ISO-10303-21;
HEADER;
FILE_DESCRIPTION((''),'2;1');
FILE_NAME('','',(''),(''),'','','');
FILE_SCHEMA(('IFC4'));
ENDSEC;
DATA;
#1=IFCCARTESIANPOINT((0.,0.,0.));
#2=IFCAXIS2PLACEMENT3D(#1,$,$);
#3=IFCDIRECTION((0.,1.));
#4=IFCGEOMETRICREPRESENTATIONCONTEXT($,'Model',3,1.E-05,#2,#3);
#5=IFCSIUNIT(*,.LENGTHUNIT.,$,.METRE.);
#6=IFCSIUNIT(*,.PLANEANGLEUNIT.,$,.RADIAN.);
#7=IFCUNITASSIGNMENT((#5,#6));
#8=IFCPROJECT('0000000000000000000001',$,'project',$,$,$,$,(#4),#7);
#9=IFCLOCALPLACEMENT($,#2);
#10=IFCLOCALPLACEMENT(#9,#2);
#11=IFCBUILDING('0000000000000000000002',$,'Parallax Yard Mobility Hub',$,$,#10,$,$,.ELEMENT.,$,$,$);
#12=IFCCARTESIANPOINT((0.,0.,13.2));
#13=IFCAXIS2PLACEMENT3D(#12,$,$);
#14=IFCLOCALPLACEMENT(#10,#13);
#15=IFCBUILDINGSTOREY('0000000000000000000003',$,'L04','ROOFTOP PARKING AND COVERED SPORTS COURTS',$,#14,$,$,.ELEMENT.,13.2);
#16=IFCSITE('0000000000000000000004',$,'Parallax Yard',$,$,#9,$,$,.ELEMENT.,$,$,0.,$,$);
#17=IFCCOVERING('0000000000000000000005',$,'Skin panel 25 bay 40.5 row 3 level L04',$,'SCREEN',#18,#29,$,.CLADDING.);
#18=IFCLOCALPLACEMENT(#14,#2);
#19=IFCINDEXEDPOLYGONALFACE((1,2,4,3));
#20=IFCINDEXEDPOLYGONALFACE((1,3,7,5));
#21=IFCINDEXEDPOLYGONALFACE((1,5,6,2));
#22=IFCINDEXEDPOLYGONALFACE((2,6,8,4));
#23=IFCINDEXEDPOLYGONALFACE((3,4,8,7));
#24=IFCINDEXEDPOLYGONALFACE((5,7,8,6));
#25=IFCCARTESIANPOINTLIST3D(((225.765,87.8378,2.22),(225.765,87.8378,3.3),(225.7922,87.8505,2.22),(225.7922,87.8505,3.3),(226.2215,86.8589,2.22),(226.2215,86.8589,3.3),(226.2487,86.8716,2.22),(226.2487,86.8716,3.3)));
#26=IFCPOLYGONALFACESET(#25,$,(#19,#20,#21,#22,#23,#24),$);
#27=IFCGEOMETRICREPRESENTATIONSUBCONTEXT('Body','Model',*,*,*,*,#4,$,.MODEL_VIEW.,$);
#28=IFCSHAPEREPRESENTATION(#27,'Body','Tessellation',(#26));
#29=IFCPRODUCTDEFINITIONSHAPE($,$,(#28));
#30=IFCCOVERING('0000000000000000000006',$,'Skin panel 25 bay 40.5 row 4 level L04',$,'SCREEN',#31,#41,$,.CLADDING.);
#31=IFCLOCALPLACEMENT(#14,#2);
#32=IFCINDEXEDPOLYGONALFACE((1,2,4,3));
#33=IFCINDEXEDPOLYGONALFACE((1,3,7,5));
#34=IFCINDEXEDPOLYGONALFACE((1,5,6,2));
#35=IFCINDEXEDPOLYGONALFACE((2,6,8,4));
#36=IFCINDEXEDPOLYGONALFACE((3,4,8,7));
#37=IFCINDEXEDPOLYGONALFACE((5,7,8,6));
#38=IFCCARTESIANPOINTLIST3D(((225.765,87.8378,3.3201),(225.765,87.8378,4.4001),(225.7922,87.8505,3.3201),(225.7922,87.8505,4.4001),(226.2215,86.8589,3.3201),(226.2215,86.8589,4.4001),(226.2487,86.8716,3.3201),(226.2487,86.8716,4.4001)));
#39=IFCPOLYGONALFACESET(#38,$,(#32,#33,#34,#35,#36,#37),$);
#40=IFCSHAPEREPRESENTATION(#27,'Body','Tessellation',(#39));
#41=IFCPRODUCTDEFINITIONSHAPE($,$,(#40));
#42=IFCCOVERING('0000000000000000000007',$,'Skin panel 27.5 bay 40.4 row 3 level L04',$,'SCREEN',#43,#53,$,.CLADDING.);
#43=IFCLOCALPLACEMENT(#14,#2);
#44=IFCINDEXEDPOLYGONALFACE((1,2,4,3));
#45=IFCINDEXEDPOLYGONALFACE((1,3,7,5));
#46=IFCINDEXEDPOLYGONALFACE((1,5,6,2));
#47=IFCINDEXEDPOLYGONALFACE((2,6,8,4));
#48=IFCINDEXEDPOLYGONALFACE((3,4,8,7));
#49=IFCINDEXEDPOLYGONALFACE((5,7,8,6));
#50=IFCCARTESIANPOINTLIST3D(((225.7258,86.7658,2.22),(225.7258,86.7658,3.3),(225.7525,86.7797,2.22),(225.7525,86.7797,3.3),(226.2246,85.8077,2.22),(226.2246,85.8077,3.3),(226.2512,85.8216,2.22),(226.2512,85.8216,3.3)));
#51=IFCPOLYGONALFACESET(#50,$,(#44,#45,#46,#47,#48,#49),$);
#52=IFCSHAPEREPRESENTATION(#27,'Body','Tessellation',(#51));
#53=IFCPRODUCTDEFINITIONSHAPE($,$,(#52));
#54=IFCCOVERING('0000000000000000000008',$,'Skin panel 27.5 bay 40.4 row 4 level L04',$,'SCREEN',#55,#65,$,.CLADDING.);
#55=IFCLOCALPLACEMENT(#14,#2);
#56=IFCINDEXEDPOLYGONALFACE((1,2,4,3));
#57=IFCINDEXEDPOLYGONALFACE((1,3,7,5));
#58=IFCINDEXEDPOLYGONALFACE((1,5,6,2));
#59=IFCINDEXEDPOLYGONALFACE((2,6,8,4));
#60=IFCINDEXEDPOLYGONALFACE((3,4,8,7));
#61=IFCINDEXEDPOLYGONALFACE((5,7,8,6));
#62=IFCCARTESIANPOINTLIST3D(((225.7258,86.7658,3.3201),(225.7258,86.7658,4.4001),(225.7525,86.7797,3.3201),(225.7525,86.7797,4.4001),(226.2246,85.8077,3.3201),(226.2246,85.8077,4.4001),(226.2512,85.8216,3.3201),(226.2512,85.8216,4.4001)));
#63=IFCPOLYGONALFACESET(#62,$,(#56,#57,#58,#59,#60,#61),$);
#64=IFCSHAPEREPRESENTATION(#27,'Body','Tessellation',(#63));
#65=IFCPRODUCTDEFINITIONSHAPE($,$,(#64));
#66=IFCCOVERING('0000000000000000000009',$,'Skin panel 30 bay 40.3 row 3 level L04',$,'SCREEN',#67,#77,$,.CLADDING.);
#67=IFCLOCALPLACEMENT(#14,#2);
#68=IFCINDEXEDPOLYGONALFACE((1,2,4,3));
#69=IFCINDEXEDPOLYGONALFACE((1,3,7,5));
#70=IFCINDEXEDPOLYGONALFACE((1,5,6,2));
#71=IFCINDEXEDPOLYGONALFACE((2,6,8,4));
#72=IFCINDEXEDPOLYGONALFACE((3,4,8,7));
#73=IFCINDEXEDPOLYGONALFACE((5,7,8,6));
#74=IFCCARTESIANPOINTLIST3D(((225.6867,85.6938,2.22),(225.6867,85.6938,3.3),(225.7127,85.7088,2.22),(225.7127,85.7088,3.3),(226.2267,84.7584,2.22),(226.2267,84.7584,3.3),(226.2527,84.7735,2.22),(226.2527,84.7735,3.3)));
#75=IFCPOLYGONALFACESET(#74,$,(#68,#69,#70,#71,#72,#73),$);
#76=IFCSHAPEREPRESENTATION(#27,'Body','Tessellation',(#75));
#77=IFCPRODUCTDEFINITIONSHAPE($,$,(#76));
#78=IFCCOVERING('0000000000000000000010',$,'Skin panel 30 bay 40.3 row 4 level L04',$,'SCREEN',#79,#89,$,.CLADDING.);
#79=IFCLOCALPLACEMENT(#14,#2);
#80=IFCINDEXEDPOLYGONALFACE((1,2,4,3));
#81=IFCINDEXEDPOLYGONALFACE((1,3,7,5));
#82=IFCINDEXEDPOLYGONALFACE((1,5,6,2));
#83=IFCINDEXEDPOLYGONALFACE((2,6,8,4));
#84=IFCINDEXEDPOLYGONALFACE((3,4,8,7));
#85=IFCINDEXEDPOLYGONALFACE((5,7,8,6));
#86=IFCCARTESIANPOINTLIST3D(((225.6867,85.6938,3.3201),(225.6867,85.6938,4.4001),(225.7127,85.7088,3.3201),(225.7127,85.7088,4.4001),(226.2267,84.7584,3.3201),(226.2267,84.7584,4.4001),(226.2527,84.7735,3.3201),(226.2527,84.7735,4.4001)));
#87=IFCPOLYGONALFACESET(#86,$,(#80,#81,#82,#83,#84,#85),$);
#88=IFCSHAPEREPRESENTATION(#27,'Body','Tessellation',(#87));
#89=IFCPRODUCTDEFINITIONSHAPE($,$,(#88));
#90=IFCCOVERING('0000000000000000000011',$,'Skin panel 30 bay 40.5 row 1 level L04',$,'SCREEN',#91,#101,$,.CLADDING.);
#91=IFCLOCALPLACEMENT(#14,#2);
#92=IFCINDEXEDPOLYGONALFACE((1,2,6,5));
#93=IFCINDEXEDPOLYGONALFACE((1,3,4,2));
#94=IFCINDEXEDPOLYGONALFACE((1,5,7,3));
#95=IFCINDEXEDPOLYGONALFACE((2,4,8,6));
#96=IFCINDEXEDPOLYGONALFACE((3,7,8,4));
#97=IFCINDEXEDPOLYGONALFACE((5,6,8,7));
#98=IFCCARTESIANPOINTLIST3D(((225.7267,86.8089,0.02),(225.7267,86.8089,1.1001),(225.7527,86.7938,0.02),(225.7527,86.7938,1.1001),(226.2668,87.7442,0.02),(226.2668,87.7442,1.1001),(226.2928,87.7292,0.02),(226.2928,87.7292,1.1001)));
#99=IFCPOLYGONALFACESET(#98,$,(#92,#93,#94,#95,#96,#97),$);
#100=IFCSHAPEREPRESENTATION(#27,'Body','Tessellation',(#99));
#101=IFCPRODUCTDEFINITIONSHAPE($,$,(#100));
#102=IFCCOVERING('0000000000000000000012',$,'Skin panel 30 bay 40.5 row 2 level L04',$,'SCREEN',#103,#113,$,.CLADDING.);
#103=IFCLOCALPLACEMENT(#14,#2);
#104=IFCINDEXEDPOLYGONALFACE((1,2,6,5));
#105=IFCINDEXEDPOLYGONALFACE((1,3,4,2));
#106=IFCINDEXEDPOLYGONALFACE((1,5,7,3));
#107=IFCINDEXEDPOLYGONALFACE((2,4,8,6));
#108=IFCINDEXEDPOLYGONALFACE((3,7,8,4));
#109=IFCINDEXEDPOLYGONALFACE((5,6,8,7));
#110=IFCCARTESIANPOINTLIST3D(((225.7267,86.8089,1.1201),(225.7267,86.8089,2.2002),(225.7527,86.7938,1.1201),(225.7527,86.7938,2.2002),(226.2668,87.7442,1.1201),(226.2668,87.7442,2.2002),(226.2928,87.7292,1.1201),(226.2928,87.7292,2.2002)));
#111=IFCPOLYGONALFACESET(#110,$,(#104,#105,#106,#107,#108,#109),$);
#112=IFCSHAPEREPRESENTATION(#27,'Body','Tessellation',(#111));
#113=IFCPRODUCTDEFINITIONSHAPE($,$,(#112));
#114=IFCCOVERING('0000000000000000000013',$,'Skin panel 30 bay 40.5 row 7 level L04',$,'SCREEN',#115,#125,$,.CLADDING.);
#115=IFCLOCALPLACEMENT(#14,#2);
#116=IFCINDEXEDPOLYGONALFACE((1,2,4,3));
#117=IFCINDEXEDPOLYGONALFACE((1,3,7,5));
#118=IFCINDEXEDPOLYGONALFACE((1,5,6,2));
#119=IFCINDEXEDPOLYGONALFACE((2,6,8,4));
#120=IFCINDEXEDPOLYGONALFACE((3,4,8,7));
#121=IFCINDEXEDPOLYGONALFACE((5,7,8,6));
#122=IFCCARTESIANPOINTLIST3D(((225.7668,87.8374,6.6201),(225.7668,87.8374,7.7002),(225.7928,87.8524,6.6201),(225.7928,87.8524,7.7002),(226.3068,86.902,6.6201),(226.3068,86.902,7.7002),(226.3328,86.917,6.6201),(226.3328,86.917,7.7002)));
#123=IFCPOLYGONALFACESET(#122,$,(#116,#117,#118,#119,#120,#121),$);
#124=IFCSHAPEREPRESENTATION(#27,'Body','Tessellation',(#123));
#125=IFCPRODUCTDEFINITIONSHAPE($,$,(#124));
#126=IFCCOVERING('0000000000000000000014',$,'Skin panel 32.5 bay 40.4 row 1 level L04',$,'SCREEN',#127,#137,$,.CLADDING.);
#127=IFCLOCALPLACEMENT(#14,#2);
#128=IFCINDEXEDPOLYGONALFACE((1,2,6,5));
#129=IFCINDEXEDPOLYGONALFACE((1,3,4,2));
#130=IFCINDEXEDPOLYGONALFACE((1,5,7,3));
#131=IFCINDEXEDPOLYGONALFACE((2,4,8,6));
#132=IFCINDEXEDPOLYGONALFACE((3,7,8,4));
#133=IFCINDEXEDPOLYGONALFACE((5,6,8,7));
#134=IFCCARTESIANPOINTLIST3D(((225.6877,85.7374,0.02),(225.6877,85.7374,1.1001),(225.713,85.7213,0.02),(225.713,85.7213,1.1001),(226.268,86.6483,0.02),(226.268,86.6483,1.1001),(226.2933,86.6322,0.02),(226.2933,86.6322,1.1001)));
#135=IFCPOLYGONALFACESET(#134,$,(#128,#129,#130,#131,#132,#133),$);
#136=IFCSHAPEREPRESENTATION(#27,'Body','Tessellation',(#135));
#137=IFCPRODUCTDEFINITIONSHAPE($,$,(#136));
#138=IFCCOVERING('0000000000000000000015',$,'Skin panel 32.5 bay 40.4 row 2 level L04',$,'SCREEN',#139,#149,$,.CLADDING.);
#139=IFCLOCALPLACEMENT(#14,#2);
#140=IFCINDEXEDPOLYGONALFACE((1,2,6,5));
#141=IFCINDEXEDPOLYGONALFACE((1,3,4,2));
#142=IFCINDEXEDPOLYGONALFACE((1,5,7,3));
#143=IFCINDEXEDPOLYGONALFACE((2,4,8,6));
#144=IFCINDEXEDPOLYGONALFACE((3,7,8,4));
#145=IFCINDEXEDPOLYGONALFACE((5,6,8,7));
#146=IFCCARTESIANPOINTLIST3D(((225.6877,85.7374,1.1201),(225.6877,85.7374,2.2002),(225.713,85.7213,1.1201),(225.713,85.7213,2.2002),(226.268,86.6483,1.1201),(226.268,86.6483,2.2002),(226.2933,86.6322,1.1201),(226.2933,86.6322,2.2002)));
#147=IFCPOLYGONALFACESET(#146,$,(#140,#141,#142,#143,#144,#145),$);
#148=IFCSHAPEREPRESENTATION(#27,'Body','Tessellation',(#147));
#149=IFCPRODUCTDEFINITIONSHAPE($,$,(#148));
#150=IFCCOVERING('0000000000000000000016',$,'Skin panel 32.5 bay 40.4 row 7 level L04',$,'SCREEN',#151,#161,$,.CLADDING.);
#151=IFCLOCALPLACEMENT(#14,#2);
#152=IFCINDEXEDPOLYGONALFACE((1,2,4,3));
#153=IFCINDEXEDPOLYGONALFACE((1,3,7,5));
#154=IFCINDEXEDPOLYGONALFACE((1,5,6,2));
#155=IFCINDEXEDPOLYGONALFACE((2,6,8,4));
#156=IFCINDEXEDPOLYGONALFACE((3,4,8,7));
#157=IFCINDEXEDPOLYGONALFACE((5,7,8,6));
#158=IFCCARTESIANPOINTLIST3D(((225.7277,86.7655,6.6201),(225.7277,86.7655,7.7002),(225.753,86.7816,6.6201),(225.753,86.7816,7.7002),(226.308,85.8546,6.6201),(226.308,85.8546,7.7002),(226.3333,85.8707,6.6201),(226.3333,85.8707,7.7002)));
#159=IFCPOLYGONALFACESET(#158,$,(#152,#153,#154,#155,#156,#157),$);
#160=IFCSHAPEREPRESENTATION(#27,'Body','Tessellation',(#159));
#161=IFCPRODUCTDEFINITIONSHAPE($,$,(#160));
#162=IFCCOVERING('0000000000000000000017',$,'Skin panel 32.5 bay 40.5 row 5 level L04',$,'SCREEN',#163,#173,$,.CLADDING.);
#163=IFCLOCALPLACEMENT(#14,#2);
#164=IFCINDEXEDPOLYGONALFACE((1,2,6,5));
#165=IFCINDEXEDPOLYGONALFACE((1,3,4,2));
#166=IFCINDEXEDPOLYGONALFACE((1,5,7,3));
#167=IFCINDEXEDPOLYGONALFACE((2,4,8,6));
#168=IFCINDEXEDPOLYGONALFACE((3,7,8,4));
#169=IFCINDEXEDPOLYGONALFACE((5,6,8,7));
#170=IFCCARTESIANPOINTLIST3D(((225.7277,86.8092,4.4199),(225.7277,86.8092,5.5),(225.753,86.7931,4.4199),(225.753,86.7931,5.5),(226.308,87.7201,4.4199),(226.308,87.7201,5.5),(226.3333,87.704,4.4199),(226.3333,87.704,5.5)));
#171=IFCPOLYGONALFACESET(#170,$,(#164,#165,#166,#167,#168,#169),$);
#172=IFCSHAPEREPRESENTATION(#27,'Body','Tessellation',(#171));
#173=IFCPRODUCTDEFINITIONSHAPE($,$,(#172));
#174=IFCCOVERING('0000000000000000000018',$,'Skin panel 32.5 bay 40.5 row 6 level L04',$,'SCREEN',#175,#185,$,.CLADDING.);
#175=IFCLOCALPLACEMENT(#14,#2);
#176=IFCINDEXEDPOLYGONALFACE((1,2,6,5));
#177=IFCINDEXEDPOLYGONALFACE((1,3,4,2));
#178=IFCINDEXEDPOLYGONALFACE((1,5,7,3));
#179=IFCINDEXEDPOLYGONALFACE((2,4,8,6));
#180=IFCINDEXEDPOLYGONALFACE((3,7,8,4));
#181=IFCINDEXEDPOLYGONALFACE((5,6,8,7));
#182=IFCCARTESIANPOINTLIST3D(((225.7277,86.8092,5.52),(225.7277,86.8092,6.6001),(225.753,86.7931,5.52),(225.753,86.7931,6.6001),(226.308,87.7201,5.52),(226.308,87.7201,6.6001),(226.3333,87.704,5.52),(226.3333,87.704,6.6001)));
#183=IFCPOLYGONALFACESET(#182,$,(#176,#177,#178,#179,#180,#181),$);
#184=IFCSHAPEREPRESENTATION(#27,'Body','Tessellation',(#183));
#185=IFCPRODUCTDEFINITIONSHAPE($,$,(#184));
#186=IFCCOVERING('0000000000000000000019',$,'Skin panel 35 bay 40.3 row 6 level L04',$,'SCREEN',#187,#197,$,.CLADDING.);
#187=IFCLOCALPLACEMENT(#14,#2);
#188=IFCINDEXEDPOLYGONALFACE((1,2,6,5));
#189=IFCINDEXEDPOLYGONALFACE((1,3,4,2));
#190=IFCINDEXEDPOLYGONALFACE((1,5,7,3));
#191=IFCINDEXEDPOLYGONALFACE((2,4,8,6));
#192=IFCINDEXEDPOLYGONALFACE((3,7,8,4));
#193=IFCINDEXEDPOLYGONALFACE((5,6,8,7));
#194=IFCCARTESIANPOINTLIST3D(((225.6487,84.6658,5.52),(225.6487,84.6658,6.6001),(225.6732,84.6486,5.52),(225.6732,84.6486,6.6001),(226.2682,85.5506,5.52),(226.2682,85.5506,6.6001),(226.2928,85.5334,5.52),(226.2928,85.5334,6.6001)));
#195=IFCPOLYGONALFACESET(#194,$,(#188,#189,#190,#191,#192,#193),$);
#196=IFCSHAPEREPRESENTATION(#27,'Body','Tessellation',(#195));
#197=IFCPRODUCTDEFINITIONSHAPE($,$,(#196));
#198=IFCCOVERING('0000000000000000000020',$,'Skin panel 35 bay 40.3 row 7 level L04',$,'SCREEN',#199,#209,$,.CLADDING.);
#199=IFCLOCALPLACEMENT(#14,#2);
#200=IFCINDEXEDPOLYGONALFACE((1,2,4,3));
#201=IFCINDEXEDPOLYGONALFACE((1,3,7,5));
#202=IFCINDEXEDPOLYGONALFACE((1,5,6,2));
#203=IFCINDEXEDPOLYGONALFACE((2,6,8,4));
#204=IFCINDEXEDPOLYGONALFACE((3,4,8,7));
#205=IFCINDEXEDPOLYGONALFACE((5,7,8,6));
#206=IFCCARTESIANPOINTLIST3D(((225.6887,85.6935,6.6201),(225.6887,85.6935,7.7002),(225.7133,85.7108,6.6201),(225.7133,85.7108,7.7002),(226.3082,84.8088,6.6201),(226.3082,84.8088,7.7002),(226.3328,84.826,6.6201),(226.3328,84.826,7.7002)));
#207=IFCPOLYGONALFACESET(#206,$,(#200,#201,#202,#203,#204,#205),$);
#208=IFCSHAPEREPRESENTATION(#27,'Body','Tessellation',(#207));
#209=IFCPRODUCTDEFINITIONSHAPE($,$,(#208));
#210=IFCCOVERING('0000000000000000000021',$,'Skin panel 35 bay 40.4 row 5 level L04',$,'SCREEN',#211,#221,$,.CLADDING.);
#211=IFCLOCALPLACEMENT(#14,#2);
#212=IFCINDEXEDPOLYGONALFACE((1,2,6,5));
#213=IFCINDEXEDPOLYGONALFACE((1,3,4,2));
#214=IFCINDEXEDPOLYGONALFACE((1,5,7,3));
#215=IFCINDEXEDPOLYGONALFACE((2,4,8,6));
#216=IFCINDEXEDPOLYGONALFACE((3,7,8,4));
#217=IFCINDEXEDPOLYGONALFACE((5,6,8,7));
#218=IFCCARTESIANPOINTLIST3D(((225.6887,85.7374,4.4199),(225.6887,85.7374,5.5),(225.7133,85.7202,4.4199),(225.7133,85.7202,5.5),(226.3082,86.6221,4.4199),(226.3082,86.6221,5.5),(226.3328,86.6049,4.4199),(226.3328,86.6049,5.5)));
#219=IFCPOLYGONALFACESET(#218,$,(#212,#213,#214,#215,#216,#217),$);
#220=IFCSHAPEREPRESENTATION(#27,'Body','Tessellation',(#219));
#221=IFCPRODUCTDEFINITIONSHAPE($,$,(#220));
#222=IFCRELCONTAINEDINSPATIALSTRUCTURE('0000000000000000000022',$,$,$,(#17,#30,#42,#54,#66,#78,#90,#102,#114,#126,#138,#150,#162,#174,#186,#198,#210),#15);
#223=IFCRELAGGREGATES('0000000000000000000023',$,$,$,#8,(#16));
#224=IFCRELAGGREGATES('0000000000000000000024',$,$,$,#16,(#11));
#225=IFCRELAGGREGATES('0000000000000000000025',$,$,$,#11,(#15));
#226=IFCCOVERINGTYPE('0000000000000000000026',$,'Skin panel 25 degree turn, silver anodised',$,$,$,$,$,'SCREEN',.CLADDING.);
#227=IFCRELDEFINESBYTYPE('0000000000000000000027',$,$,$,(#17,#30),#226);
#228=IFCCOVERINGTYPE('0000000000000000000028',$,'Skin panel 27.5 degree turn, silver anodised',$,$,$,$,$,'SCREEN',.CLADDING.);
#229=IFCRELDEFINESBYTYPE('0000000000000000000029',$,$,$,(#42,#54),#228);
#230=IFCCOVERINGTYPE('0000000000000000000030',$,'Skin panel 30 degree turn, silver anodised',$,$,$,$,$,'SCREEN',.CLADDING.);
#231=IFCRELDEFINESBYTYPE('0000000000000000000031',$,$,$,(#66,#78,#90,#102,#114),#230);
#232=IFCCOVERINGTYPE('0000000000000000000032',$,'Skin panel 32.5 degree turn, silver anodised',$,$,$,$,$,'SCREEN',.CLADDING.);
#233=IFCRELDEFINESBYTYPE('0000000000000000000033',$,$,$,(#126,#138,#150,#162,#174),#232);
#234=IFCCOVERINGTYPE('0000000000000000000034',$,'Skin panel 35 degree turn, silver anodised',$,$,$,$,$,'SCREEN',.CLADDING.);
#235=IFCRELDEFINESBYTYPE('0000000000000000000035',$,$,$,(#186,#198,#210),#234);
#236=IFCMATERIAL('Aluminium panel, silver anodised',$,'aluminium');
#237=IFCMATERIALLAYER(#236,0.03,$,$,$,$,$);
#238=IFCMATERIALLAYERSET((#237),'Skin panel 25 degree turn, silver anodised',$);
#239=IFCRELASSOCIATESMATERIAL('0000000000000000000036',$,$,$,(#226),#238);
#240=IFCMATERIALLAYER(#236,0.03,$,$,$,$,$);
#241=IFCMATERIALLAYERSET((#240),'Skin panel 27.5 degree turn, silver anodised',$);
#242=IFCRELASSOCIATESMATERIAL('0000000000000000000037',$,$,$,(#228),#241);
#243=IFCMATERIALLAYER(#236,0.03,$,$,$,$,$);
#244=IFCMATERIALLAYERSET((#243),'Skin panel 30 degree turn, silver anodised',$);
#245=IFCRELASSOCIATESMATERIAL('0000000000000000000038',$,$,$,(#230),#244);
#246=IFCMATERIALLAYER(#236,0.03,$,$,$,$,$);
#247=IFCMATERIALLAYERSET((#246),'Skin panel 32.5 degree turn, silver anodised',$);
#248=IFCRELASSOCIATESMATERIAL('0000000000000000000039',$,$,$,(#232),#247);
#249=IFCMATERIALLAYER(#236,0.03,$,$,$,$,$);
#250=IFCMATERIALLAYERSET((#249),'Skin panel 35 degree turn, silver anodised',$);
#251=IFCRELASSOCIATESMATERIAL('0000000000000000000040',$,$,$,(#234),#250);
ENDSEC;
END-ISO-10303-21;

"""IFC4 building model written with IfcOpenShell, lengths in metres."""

from ifc_helpers import new_model, si_unit, direction, frame, origin, origin_2d, place, context, subcontext, project, spatial, rectangle, extrude, material, layer, layer_set, type_object, element, save


model = new_model("IFC4")

# Units and contexts
model_context = context("Model", 3, precision=1e-05, world=origin(), true_north=direction((0.0, 1.0)))
body_context = subcontext(model_context, "Body", "Model", "MODEL_VIEW")
ifc_project = project(units=[si_unit("LENGTHUNIT", "METRE"), si_unit("PLANEANGLEUNIT", "RADIAN")], contexts=[model_context])

# Site, building, storey
site_placement = place(None, origin())
site = spatial("IfcSite", under=ifc_project, at=site_placement, Name="Parallax Yard", CompositionType="ELEMENT", RefElevation=0.0)
building_placement = place(site_placement, origin())
building = spatial("IfcBuilding", under=site, at=building_placement, Name="Parallax Yard Mobility Hub", CompositionType="ELEMENT")
storey_placement = place(building_placement, frame((0.0, 0.0, 13.2)))
storey = spatial("IfcBuildingStorey", under=building, at=storey_placement, Name="L04", Description="ROOFTOP PARKING AND COVERED SPORTS COURTS", CompositionType="ELEMENT", Elevation=13.2)

# Coverings
ifc_material_1 = material(Name="Aluminium panel, silver anodised", Category="aluminium")
ifc_layer_1 = layer(ifc_material_1, 0.03)
ifc_layer_set_1 = layer_set([ifc_layer_1], Name="Skin panel 25 degree turn, silver anodised")
covering_type_1 = type_object("IfcCoveringType", Name="Skin panel 25 degree turn, silver anodised", ElementType="SCREEN", PredefinedType="CLADDING", material=ifc_layer_set_1)
for number, where, z_axis, x_axis, name in (
    (1, (226.0068, 87.3547, 2.22), (0.0, 0.0, 1.0), (0.422618, -0.906308, 0.0), "Skin panel 25 bay 40.5 row 3 level L04"),
    (2, (226.0068, 87.3547, 3.3201), (0.0, 0.0, 1.0), (0.422618, -0.906308, 0.0), "Skin panel 25 bay 40.5 row 4 level L04"),
):
    element("IfcCovering", number, at=place(storey_placement, frame(where, z_axis=z_axis, x_axis=x_axis)), inside=storey, type_object=covering_type_1, Name=name, ObjectType="SCREEN", PredefinedType="CLADDING", context=body_context, shape_type="SweptSolid", body=[
        extrude(rectangle(XDim=1.0801, YDim=0.03, at=origin_2d()), origin(), (0.0, 0.0, 1.0), 1.0801),
    ])
ifc_layer_2 = layer(ifc_material_1, 0.03)
ifc_layer_set_2 = layer_set([ifc_layer_2], Name="Skin panel 27.5 degree turn, silver anodised")
covering_type_2 = type_object("IfcCoveringType", Name="Skin panel 27.5 degree turn, silver anodised", ElementType="SCREEN", PredefinedType="CLADDING", material=ifc_layer_set_2)
for number, where, z_axis, x_axis, name in (
    (3, (225.9885, 86.2937, 2.22), (0.0, 0.0, 1.0), (0.461749, -0.887011, 0.0), "Skin panel 27.5 bay 40.4 row 3 level L04"),
    (4, (225.9885, 86.2937, 3.3201), (0.0, 0.0, 1.0), (0.461749, -0.887011, 0.0), "Skin panel 27.5 bay 40.4 row 4 level L04"),
):
    element("IfcCovering", number, at=place(storey_placement, frame(where, z_axis=z_axis, x_axis=x_axis)), inside=storey, type_object=covering_type_2, Name=name, ObjectType="SCREEN", PredefinedType="CLADDING", context=body_context, shape_type="SweptSolid", body=[
        extrude(rectangle(XDim=1.0801, YDim=0.03, at=origin_2d()), origin(), (0.0, 0.0, 1.0), 1.0801),
    ])
ifc_layer_3 = layer(ifc_material_1, 0.03)
ifc_layer_set_3 = layer_set([ifc_layer_3], Name="Skin panel 30 degree turn, silver anodised")
covering_type_3 = type_object("IfcCoveringType", Name="Skin panel 30 degree turn, silver anodised", ElementType="SCREEN", PredefinedType="CLADDING", material=ifc_layer_set_3)
for number, where, z_axis, x_axis, name in (
    (5, (225.9697, 85.2336, 2.22), (0.0, 0.0, 1.0), (0.5, -0.866025, 0.0), "Skin panel 30 bay 40.3 row 3 level L04"),
    (6, (225.9697, 85.2336, 3.3201), (0.0, 0.0, 1.0), (0.5, -0.866025, 0.0), "Skin panel 30 bay 40.3 row 4 level L04"),
    (7, (226.0098, 87.269, 0.02), (0.0, 0.0, 1.0), (0.5, 0.866025, 0.0), "Skin panel 30 bay 40.5 row 1 level L04"),
    (8, (226.0098, 87.269, 1.1201), (0.0, 0.0, 1.0), (0.5, 0.866025, 0.0), "Skin panel 30 bay 40.5 row 2 level L04"),
    (9, (226.0498, 87.3772, 6.6201), (0.0, 0.0, 1.0), (0.5, -0.866025, 0.0), "Skin panel 30 bay 40.5 row 7 level L04"),
):
    element("IfcCovering", number, at=place(storey_placement, frame(where, z_axis=z_axis, x_axis=x_axis)), inside=storey, type_object=covering_type_3, Name=name, ObjectType="SCREEN", PredefinedType="CLADDING", context=body_context, shape_type="SweptSolid", body=[
        extrude(rectangle(XDim=1.0801, YDim=0.03, at=origin_2d()), origin(), (0.0, 0.0, 1.0), 1.0801),
    ])
ifc_layer_4 = layer(ifc_material_1, 0.03)
ifc_layer_set_4 = layer_set([ifc_layer_4], Name="Skin panel 32.5 degree turn, silver anodised")
covering_type_4 = type_object("IfcCoveringType", Name="Skin panel 32.5 degree turn, silver anodised", ElementType="SCREEN", PredefinedType="CLADDING", material=ifc_layer_set_4)
for number, where, z_axis, x_axis, name in (
    (10, (225.9905, 86.1848, 0.02), (0.0, 0.0, 1.0), (0.5373, 0.843391, 0.0), "Skin panel 32.5 bay 40.4 row 1 level L04"),
    (11, (225.9905, 86.1848, 1.1201), (0.0, 0.0, 1.0), (0.5373, 0.843391, 0.0), "Skin panel 32.5 bay 40.4 row 2 level L04"),
    (12, (226.0305, 86.3181, 6.6201), (0.0, 0.0, 1.0), (0.5373, -0.843391, 0.0), "Skin panel 32.5 bay 40.4 row 7 level L04"),
    (13, (226.0305, 87.2566, 4.4199), (0.0, 0.0, 1.0), (0.5373, 0.843391, 0.0), "Skin panel 32.5 bay 40.5 row 5 level L04"),
    (14, (226.0305, 87.2566, 5.52), (0.0, 0.0, 1.0), (0.5373, 0.843391, 0.0), "Skin panel 32.5 bay 40.5 row 6 level L04"),
):
    element("IfcCovering", number, at=place(storey_placement, frame(where, z_axis=z_axis, x_axis=x_axis)), inside=storey, type_object=covering_type_4, Name=name, ObjectType="SCREEN", PredefinedType="CLADDING", context=body_context, shape_type="SweptSolid", body=[
        extrude(rectangle(XDim=1.0801, YDim=0.03, at=origin_2d()), origin(), (0.0, 0.0, 1.0), 1.0801),
    ])
ifc_layer_5 = layer(ifc_material_1, 0.03)
ifc_layer_set_5 = layer_set([ifc_layer_5], Name="Skin panel 35 degree turn, silver anodised")
covering_type_5 = type_object("IfcCoveringType", Name="Skin panel 35 degree turn, silver anodised", ElementType="SCREEN", PredefinedType="CLADDING", material=ifc_layer_set_5)
for number, where, z_axis, x_axis, name in (
    (15, (225.9707, 85.0996, 5.52), (0.0, 0.0, 1.0), (0.573576, 0.819152, 0.0), "Skin panel 35 bay 40.3 row 6 level L04"),
    (16, (226.0107, 85.2598, 6.6201), (0.0, 0.0, 1.0), (0.573576, -0.819152, 0.0), "Skin panel 35 bay 40.3 row 7 level L04"),
    (17, (226.0107, 86.1711, 4.4199), (0.0, 0.0, 1.0), (0.573576, 0.819152, 0.0), "Skin panel 35 bay 40.4 row 5 level L04"),
):
    element("IfcCovering", number, at=place(storey_placement, frame(where, z_axis=z_axis, x_axis=x_axis)), inside=storey, type_object=covering_type_5, Name=name, ObjectType="SCREEN", PredefinedType="CLADDING", context=body_context, shape_type="SweptSolid", body=[
        extrude(rectangle(XDim=1.0801, YDim=0.03, at=origin_2d()), origin(), (0.0, 0.0, 1.0), 1.0801),
    ])

save(model, "model.ifc")
